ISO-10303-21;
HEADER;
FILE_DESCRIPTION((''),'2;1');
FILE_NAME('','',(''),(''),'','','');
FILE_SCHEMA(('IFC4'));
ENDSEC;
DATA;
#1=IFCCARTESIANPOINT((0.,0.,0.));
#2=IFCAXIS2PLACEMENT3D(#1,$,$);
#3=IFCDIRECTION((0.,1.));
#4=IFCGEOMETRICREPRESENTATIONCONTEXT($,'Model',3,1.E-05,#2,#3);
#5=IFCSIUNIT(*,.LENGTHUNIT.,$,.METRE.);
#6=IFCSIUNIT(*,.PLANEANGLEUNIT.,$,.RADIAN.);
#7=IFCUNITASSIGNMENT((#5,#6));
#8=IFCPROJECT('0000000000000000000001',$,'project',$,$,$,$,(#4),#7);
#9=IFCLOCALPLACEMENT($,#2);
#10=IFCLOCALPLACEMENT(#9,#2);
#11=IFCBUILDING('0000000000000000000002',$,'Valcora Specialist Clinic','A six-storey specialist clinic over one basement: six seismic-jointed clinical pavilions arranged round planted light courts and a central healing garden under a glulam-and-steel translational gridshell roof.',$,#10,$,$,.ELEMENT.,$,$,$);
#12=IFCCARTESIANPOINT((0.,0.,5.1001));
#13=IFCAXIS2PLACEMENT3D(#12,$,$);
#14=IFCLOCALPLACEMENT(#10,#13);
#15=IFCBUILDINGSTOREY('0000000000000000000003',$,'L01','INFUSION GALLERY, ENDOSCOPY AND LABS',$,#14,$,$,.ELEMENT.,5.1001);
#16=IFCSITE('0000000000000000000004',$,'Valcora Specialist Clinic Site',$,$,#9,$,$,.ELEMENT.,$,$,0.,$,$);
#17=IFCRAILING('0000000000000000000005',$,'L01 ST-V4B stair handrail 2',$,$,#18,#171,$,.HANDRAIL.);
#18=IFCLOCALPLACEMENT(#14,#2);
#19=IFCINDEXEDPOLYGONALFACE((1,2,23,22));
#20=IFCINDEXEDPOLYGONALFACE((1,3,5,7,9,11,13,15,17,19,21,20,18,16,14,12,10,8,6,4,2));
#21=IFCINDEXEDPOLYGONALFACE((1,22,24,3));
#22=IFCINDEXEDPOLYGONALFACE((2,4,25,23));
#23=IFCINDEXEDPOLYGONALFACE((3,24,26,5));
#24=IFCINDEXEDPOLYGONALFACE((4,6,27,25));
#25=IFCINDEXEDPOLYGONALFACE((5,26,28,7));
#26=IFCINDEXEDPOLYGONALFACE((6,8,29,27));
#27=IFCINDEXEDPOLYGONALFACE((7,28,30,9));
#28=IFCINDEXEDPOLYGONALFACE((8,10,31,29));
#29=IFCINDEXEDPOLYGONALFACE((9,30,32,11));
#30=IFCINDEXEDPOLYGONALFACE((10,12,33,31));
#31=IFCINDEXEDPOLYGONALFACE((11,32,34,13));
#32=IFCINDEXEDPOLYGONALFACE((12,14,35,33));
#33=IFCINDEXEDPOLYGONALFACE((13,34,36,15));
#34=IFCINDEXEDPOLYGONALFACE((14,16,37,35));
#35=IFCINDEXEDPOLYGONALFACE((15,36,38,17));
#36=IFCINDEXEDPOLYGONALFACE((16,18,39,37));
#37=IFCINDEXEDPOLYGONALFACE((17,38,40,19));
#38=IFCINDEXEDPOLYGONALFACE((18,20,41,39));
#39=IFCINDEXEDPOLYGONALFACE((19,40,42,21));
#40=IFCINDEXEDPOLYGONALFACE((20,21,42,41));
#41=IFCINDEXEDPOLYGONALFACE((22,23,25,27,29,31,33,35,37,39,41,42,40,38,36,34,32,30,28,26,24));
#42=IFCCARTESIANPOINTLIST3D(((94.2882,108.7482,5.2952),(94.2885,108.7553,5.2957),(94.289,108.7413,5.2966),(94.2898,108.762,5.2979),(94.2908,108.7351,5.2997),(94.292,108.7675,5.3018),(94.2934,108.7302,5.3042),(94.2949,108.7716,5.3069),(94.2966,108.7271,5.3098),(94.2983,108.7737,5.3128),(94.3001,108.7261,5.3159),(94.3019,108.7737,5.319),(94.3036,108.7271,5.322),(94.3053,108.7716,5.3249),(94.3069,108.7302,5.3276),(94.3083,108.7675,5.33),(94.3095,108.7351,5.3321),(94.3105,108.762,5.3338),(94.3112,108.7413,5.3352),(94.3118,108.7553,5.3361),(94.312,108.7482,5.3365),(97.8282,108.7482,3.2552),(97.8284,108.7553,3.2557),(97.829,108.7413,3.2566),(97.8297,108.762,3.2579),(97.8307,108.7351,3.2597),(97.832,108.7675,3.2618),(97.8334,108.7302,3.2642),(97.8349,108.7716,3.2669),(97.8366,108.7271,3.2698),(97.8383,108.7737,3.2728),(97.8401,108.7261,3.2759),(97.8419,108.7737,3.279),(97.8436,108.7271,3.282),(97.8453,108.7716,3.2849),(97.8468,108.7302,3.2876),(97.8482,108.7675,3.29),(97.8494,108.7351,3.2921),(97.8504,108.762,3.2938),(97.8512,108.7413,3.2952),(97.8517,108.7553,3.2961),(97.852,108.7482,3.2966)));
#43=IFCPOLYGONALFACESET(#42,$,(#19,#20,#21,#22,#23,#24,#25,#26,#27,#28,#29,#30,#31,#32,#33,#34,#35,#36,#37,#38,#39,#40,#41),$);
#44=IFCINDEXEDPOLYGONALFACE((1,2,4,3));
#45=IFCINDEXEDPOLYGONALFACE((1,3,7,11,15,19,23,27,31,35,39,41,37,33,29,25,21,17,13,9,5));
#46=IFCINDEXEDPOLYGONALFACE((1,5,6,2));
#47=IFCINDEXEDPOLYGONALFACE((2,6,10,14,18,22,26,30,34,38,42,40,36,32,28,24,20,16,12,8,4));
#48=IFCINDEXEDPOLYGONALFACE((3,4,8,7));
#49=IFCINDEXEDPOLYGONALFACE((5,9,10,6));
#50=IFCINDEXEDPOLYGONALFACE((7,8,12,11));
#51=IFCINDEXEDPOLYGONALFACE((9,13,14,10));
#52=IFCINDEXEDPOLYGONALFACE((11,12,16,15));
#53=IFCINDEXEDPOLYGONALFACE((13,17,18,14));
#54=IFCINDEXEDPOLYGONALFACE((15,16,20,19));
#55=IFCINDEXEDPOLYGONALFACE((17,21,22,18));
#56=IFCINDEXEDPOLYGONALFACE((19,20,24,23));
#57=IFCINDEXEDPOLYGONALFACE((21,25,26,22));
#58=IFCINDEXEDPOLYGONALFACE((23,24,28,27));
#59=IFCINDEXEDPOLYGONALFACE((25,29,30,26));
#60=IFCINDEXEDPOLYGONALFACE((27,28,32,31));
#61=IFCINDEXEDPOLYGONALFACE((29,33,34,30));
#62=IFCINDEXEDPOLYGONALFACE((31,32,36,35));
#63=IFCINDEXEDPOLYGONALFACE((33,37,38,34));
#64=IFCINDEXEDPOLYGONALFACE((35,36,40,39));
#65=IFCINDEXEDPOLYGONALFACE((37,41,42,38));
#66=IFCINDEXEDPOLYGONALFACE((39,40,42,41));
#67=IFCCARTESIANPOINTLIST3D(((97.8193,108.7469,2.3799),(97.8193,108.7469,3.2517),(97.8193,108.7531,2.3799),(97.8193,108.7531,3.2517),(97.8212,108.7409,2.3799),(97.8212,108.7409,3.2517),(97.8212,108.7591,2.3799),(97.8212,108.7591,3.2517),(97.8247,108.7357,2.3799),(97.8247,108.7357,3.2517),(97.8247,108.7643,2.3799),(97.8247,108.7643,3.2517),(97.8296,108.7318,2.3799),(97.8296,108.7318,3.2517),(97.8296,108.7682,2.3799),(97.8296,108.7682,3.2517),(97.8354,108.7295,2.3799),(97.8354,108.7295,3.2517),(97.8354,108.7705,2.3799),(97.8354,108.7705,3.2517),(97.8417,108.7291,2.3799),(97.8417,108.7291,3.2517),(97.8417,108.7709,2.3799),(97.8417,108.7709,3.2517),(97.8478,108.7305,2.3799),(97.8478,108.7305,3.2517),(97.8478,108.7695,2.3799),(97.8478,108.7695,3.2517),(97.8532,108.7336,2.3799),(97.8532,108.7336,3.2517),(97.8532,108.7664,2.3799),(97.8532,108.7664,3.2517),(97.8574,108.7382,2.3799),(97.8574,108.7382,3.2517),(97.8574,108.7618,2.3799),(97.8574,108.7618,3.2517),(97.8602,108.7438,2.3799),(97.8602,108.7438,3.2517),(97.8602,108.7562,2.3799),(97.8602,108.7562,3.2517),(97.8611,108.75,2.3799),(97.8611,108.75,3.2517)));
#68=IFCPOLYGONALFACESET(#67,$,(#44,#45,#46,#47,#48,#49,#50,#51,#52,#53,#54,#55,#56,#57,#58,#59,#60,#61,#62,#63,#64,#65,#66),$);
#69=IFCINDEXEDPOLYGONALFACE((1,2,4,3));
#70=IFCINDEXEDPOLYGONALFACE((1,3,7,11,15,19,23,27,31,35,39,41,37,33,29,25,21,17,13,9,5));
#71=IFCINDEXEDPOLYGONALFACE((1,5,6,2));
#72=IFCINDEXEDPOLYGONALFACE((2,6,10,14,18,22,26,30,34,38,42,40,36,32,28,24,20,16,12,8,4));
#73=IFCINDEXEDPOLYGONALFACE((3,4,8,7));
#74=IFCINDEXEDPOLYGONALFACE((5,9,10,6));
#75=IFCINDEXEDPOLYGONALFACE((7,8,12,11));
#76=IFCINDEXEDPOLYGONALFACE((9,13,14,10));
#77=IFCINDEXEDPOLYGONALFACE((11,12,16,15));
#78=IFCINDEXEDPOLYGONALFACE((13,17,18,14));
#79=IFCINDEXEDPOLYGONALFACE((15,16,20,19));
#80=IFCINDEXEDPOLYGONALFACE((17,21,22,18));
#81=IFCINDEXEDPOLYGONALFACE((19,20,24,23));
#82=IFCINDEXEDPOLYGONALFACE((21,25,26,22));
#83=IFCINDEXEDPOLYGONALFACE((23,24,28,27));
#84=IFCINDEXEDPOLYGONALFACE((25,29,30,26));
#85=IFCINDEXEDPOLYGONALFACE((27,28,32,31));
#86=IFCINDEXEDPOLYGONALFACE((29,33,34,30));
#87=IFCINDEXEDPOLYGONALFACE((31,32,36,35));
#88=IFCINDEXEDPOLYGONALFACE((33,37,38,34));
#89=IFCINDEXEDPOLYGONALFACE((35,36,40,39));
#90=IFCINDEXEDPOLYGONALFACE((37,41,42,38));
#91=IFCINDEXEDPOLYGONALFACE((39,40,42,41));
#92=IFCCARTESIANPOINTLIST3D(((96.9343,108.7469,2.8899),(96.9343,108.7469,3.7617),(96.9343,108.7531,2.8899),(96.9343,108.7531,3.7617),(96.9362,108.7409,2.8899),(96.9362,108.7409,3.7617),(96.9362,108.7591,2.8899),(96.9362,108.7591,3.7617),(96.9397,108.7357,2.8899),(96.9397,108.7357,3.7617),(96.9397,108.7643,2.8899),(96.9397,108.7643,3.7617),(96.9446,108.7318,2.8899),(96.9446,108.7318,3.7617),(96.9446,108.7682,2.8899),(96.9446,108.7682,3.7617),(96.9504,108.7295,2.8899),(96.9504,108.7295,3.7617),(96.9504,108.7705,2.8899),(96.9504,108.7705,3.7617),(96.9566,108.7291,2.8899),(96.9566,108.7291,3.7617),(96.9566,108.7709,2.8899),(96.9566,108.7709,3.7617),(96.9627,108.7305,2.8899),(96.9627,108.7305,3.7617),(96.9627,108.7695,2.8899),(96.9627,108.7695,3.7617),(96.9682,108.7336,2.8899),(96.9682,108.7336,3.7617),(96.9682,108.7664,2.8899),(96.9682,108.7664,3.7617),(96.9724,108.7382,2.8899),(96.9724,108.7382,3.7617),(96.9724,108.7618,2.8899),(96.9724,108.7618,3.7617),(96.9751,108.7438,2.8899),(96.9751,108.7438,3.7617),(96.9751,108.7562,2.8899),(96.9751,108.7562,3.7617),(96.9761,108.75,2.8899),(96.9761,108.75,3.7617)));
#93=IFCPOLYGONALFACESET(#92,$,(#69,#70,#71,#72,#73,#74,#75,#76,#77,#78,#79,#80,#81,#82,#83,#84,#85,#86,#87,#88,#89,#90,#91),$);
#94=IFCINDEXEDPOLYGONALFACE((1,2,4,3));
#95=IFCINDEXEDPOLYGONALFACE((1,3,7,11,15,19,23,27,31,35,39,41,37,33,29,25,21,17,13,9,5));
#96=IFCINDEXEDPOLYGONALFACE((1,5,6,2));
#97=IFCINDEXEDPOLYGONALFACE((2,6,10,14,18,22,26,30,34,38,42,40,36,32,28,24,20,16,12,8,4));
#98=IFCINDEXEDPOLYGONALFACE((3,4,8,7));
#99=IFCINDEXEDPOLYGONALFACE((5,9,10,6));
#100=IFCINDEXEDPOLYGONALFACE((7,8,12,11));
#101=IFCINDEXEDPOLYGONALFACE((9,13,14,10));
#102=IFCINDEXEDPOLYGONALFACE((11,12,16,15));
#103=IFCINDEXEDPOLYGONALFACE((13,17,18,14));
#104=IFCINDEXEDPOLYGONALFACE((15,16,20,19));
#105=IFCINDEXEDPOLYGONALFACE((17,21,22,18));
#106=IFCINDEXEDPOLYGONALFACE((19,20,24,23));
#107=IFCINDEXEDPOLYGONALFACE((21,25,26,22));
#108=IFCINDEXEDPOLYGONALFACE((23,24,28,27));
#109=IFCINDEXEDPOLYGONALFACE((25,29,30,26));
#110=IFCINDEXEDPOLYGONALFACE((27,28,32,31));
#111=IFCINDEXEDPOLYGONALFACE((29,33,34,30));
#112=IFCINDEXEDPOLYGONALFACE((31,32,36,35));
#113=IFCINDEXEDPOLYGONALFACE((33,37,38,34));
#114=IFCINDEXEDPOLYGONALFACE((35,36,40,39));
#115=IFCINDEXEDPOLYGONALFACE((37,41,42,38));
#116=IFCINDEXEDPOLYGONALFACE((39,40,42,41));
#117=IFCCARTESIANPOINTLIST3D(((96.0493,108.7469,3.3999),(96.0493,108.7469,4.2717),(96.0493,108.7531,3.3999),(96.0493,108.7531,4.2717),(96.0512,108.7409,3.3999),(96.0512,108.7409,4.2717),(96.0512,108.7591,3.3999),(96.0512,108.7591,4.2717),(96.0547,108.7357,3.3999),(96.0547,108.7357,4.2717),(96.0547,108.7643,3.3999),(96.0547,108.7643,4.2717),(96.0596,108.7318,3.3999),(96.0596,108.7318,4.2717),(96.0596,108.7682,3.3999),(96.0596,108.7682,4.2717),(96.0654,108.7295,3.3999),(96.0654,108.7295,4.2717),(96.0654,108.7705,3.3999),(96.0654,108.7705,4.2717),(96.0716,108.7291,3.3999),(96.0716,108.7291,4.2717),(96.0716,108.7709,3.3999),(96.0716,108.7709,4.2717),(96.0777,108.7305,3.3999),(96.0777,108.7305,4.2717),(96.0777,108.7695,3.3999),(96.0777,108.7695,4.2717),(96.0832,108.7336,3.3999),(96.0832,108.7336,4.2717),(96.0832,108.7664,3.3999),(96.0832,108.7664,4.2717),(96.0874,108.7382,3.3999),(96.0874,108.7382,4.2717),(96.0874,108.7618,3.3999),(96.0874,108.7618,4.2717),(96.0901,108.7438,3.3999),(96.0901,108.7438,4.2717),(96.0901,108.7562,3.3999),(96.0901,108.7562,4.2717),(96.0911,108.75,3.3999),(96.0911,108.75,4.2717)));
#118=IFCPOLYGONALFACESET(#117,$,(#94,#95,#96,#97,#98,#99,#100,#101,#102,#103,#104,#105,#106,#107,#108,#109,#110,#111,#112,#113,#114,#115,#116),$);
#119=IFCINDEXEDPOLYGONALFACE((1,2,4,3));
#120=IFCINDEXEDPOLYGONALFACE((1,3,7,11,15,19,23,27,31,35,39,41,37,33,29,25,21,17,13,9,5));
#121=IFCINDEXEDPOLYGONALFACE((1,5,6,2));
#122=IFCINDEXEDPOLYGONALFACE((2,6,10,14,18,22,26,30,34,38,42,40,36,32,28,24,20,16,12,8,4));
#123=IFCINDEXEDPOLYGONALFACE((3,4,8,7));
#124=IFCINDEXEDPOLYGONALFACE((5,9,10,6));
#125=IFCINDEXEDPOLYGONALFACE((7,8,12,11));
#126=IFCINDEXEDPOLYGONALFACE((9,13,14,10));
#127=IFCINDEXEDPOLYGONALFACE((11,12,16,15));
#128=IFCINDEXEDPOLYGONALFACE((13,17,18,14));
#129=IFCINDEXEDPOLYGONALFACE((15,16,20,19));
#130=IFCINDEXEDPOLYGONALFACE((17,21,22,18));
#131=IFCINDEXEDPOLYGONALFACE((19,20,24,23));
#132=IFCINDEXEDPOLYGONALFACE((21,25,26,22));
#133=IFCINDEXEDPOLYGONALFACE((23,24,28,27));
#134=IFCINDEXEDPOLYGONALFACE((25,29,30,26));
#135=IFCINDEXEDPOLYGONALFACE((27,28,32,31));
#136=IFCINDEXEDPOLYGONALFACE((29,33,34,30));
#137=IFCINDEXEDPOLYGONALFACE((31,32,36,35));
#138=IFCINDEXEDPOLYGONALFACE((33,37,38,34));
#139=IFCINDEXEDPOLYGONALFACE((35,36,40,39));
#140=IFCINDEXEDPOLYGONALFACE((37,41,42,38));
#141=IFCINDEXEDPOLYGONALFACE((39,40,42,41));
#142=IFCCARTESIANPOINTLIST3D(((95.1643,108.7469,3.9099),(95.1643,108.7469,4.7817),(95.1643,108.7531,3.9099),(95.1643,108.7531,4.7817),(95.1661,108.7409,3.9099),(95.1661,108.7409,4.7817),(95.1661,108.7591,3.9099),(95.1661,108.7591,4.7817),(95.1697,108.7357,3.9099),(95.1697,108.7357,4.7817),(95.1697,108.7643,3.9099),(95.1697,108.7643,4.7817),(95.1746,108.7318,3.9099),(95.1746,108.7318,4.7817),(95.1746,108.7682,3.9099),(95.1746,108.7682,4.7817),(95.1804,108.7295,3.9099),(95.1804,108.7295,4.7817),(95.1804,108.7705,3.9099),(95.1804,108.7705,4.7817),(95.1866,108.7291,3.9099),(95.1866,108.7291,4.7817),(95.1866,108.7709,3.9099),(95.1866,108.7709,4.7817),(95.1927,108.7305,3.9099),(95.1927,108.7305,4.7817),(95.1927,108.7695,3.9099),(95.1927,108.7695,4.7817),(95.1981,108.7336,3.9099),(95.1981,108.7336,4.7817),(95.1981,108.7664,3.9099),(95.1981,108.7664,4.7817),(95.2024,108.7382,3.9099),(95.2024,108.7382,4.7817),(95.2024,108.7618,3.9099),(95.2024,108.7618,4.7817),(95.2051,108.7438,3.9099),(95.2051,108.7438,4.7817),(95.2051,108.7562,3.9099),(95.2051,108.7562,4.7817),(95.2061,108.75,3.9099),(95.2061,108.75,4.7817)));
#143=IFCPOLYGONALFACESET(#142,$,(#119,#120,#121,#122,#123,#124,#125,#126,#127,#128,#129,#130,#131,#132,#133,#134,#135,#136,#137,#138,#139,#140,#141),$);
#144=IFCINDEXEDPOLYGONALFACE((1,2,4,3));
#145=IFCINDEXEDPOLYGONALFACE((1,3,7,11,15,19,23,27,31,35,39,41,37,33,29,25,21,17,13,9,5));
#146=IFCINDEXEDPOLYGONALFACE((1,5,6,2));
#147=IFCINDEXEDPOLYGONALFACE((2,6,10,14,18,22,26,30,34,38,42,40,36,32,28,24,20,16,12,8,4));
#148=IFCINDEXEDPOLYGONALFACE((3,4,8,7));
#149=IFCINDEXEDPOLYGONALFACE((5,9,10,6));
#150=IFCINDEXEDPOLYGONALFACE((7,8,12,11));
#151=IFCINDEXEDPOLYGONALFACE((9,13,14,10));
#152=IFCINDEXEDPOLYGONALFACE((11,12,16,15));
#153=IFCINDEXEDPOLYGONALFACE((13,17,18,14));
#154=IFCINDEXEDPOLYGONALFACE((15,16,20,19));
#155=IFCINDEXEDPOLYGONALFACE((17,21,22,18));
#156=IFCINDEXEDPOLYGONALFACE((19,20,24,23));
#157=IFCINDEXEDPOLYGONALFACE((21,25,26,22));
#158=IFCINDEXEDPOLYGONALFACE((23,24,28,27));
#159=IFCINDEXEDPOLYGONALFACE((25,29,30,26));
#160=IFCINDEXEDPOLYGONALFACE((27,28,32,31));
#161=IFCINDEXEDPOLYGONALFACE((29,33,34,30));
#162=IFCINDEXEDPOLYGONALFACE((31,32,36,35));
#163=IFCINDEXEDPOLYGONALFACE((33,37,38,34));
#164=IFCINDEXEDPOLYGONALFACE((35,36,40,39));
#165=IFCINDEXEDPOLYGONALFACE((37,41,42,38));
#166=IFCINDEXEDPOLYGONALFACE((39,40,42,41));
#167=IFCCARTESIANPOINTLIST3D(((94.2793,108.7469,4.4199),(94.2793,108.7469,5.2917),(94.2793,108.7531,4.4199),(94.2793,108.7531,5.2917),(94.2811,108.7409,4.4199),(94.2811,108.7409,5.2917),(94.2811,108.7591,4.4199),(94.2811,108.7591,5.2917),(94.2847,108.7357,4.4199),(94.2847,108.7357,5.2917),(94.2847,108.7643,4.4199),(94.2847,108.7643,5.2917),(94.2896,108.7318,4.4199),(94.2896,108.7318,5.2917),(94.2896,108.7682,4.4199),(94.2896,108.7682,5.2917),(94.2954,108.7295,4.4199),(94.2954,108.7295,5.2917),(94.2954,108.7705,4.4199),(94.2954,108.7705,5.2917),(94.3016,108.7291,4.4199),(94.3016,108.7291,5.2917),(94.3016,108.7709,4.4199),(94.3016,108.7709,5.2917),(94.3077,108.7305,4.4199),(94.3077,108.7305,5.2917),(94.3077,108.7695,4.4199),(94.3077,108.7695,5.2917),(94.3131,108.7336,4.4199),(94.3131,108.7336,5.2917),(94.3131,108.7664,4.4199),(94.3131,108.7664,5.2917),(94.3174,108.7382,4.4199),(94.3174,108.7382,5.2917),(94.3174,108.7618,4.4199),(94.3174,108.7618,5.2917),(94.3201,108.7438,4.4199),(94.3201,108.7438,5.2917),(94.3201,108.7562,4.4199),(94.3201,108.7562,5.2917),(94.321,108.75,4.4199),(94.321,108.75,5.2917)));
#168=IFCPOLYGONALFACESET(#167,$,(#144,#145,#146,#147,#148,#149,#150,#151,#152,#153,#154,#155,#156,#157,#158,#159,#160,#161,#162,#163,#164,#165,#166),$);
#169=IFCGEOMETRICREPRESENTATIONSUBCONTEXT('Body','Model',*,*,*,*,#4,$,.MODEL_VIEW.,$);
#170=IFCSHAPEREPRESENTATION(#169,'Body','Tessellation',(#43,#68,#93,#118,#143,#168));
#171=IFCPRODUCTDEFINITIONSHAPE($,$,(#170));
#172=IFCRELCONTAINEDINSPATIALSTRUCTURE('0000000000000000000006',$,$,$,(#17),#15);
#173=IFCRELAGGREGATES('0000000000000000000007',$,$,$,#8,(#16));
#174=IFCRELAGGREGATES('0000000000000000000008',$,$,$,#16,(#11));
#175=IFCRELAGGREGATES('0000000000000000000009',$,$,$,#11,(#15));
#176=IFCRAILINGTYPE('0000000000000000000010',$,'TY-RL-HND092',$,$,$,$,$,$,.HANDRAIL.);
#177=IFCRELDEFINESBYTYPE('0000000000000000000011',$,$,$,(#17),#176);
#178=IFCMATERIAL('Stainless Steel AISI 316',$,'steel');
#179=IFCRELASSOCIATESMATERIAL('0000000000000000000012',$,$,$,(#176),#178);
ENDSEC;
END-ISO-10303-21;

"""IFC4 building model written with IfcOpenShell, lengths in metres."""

from ifc_helpers import new_model, si_unit, direction, frame, origin, origin_2d, place, context, subcontext, project, spatial, circle, extrude, material, type_object, element, save


model = new_model("IFC4")

# Units and contexts
model_context = context("Model", 3, precision=1e-05, world=origin(), true_north=direction((0.0, 1.0)))
body_context = subcontext(model_context, "Body", "Model", "MODEL_VIEW")
ifc_project = project(units=[si_unit("LENGTHUNIT", "METRE"), si_unit("PLANEANGLEUNIT", "RADIAN")], contexts=[model_context])

# Site, building, storey
site_placement = place(None, origin())
site = spatial("IfcSite", under=ifc_project, at=site_placement, Name="Valcora Specialist Clinic Site", CompositionType="ELEMENT", RefElevation=0.0)
building_placement = place(site_placement, origin())
building = spatial("IfcBuilding", under=site, at=building_placement, Name="Valcora Specialist Clinic", Description="A six-storey specialist clinic over one basement: six seismic-jointed clinical pavilions arranged round planted light courts and a central healing garden under a glulam-and-steel translational gridshell roof.", CompositionType="ELEMENT")
storey_placement = place(building_placement, frame((0.0, 0.0, 5.1001)))
storey = spatial("IfcBuildingStorey", under=building, at=storey_placement, Name="L01", Description="INFUSION GALLERY, ENDOSCOPY AND LABS", CompositionType="ELEMENT", Elevation=5.1001)

# Railing
ifc_material_1 = material(Name="Stainless Steel AISI 316", Category="steel")
railing_type_1 = type_object("IfcRailingType", Name="TY-RL-HND092", PredefinedType="HANDRAIL", material=ifc_material_1)
railing_1_placement = place(storey_placement, frame((97.8401, 108.75, 2.3799)))
element("IfcRailing", 1, at=railing_1_placement, inside=storey, type_object=railing_type_1, Name="L01 ST-V4B stair handrail 2", PredefinedType="HANDRAIL", context=body_context, shape_type="SweptSolid", body=[
    extrude(circle(Radius=0.0239, at=origin_2d()), frame((0.0, 0.0, 0.896), z_axis=(-0.866428, 0.0, 0.499302), x_axis=(0.0, -1.0, 0.0)), (0.0, 0.0, 1.0), 4.0857),
    extrude(circle(Radius=0.021, at=origin_2d()), origin(), (0.0, 0.0, 1.0), 0.8718),
    extrude(circle(Radius=0.021, at=origin_2d()), frame((-0.885, 0.0, 0.51)), (0.0, 0.0, 1.0), 0.8718),
    extrude(circle(Radius=0.021, at=origin_2d()), frame((-1.77, 0.0, 1.02)), (0.0, 0.0, 1.0), 0.8718),
    extrude(circle(Radius=0.021, at=origin_2d()), frame((-2.655, 0.0, 1.53)), (0.0, 0.0, 1.0), 0.8718),
    extrude(circle(Radius=0.021, at=origin_2d()), frame((-3.54, 0.0, 2.04)), (0.0, 0.0, 1.0), 0.8718),
])

save(model, "model.ifc")
